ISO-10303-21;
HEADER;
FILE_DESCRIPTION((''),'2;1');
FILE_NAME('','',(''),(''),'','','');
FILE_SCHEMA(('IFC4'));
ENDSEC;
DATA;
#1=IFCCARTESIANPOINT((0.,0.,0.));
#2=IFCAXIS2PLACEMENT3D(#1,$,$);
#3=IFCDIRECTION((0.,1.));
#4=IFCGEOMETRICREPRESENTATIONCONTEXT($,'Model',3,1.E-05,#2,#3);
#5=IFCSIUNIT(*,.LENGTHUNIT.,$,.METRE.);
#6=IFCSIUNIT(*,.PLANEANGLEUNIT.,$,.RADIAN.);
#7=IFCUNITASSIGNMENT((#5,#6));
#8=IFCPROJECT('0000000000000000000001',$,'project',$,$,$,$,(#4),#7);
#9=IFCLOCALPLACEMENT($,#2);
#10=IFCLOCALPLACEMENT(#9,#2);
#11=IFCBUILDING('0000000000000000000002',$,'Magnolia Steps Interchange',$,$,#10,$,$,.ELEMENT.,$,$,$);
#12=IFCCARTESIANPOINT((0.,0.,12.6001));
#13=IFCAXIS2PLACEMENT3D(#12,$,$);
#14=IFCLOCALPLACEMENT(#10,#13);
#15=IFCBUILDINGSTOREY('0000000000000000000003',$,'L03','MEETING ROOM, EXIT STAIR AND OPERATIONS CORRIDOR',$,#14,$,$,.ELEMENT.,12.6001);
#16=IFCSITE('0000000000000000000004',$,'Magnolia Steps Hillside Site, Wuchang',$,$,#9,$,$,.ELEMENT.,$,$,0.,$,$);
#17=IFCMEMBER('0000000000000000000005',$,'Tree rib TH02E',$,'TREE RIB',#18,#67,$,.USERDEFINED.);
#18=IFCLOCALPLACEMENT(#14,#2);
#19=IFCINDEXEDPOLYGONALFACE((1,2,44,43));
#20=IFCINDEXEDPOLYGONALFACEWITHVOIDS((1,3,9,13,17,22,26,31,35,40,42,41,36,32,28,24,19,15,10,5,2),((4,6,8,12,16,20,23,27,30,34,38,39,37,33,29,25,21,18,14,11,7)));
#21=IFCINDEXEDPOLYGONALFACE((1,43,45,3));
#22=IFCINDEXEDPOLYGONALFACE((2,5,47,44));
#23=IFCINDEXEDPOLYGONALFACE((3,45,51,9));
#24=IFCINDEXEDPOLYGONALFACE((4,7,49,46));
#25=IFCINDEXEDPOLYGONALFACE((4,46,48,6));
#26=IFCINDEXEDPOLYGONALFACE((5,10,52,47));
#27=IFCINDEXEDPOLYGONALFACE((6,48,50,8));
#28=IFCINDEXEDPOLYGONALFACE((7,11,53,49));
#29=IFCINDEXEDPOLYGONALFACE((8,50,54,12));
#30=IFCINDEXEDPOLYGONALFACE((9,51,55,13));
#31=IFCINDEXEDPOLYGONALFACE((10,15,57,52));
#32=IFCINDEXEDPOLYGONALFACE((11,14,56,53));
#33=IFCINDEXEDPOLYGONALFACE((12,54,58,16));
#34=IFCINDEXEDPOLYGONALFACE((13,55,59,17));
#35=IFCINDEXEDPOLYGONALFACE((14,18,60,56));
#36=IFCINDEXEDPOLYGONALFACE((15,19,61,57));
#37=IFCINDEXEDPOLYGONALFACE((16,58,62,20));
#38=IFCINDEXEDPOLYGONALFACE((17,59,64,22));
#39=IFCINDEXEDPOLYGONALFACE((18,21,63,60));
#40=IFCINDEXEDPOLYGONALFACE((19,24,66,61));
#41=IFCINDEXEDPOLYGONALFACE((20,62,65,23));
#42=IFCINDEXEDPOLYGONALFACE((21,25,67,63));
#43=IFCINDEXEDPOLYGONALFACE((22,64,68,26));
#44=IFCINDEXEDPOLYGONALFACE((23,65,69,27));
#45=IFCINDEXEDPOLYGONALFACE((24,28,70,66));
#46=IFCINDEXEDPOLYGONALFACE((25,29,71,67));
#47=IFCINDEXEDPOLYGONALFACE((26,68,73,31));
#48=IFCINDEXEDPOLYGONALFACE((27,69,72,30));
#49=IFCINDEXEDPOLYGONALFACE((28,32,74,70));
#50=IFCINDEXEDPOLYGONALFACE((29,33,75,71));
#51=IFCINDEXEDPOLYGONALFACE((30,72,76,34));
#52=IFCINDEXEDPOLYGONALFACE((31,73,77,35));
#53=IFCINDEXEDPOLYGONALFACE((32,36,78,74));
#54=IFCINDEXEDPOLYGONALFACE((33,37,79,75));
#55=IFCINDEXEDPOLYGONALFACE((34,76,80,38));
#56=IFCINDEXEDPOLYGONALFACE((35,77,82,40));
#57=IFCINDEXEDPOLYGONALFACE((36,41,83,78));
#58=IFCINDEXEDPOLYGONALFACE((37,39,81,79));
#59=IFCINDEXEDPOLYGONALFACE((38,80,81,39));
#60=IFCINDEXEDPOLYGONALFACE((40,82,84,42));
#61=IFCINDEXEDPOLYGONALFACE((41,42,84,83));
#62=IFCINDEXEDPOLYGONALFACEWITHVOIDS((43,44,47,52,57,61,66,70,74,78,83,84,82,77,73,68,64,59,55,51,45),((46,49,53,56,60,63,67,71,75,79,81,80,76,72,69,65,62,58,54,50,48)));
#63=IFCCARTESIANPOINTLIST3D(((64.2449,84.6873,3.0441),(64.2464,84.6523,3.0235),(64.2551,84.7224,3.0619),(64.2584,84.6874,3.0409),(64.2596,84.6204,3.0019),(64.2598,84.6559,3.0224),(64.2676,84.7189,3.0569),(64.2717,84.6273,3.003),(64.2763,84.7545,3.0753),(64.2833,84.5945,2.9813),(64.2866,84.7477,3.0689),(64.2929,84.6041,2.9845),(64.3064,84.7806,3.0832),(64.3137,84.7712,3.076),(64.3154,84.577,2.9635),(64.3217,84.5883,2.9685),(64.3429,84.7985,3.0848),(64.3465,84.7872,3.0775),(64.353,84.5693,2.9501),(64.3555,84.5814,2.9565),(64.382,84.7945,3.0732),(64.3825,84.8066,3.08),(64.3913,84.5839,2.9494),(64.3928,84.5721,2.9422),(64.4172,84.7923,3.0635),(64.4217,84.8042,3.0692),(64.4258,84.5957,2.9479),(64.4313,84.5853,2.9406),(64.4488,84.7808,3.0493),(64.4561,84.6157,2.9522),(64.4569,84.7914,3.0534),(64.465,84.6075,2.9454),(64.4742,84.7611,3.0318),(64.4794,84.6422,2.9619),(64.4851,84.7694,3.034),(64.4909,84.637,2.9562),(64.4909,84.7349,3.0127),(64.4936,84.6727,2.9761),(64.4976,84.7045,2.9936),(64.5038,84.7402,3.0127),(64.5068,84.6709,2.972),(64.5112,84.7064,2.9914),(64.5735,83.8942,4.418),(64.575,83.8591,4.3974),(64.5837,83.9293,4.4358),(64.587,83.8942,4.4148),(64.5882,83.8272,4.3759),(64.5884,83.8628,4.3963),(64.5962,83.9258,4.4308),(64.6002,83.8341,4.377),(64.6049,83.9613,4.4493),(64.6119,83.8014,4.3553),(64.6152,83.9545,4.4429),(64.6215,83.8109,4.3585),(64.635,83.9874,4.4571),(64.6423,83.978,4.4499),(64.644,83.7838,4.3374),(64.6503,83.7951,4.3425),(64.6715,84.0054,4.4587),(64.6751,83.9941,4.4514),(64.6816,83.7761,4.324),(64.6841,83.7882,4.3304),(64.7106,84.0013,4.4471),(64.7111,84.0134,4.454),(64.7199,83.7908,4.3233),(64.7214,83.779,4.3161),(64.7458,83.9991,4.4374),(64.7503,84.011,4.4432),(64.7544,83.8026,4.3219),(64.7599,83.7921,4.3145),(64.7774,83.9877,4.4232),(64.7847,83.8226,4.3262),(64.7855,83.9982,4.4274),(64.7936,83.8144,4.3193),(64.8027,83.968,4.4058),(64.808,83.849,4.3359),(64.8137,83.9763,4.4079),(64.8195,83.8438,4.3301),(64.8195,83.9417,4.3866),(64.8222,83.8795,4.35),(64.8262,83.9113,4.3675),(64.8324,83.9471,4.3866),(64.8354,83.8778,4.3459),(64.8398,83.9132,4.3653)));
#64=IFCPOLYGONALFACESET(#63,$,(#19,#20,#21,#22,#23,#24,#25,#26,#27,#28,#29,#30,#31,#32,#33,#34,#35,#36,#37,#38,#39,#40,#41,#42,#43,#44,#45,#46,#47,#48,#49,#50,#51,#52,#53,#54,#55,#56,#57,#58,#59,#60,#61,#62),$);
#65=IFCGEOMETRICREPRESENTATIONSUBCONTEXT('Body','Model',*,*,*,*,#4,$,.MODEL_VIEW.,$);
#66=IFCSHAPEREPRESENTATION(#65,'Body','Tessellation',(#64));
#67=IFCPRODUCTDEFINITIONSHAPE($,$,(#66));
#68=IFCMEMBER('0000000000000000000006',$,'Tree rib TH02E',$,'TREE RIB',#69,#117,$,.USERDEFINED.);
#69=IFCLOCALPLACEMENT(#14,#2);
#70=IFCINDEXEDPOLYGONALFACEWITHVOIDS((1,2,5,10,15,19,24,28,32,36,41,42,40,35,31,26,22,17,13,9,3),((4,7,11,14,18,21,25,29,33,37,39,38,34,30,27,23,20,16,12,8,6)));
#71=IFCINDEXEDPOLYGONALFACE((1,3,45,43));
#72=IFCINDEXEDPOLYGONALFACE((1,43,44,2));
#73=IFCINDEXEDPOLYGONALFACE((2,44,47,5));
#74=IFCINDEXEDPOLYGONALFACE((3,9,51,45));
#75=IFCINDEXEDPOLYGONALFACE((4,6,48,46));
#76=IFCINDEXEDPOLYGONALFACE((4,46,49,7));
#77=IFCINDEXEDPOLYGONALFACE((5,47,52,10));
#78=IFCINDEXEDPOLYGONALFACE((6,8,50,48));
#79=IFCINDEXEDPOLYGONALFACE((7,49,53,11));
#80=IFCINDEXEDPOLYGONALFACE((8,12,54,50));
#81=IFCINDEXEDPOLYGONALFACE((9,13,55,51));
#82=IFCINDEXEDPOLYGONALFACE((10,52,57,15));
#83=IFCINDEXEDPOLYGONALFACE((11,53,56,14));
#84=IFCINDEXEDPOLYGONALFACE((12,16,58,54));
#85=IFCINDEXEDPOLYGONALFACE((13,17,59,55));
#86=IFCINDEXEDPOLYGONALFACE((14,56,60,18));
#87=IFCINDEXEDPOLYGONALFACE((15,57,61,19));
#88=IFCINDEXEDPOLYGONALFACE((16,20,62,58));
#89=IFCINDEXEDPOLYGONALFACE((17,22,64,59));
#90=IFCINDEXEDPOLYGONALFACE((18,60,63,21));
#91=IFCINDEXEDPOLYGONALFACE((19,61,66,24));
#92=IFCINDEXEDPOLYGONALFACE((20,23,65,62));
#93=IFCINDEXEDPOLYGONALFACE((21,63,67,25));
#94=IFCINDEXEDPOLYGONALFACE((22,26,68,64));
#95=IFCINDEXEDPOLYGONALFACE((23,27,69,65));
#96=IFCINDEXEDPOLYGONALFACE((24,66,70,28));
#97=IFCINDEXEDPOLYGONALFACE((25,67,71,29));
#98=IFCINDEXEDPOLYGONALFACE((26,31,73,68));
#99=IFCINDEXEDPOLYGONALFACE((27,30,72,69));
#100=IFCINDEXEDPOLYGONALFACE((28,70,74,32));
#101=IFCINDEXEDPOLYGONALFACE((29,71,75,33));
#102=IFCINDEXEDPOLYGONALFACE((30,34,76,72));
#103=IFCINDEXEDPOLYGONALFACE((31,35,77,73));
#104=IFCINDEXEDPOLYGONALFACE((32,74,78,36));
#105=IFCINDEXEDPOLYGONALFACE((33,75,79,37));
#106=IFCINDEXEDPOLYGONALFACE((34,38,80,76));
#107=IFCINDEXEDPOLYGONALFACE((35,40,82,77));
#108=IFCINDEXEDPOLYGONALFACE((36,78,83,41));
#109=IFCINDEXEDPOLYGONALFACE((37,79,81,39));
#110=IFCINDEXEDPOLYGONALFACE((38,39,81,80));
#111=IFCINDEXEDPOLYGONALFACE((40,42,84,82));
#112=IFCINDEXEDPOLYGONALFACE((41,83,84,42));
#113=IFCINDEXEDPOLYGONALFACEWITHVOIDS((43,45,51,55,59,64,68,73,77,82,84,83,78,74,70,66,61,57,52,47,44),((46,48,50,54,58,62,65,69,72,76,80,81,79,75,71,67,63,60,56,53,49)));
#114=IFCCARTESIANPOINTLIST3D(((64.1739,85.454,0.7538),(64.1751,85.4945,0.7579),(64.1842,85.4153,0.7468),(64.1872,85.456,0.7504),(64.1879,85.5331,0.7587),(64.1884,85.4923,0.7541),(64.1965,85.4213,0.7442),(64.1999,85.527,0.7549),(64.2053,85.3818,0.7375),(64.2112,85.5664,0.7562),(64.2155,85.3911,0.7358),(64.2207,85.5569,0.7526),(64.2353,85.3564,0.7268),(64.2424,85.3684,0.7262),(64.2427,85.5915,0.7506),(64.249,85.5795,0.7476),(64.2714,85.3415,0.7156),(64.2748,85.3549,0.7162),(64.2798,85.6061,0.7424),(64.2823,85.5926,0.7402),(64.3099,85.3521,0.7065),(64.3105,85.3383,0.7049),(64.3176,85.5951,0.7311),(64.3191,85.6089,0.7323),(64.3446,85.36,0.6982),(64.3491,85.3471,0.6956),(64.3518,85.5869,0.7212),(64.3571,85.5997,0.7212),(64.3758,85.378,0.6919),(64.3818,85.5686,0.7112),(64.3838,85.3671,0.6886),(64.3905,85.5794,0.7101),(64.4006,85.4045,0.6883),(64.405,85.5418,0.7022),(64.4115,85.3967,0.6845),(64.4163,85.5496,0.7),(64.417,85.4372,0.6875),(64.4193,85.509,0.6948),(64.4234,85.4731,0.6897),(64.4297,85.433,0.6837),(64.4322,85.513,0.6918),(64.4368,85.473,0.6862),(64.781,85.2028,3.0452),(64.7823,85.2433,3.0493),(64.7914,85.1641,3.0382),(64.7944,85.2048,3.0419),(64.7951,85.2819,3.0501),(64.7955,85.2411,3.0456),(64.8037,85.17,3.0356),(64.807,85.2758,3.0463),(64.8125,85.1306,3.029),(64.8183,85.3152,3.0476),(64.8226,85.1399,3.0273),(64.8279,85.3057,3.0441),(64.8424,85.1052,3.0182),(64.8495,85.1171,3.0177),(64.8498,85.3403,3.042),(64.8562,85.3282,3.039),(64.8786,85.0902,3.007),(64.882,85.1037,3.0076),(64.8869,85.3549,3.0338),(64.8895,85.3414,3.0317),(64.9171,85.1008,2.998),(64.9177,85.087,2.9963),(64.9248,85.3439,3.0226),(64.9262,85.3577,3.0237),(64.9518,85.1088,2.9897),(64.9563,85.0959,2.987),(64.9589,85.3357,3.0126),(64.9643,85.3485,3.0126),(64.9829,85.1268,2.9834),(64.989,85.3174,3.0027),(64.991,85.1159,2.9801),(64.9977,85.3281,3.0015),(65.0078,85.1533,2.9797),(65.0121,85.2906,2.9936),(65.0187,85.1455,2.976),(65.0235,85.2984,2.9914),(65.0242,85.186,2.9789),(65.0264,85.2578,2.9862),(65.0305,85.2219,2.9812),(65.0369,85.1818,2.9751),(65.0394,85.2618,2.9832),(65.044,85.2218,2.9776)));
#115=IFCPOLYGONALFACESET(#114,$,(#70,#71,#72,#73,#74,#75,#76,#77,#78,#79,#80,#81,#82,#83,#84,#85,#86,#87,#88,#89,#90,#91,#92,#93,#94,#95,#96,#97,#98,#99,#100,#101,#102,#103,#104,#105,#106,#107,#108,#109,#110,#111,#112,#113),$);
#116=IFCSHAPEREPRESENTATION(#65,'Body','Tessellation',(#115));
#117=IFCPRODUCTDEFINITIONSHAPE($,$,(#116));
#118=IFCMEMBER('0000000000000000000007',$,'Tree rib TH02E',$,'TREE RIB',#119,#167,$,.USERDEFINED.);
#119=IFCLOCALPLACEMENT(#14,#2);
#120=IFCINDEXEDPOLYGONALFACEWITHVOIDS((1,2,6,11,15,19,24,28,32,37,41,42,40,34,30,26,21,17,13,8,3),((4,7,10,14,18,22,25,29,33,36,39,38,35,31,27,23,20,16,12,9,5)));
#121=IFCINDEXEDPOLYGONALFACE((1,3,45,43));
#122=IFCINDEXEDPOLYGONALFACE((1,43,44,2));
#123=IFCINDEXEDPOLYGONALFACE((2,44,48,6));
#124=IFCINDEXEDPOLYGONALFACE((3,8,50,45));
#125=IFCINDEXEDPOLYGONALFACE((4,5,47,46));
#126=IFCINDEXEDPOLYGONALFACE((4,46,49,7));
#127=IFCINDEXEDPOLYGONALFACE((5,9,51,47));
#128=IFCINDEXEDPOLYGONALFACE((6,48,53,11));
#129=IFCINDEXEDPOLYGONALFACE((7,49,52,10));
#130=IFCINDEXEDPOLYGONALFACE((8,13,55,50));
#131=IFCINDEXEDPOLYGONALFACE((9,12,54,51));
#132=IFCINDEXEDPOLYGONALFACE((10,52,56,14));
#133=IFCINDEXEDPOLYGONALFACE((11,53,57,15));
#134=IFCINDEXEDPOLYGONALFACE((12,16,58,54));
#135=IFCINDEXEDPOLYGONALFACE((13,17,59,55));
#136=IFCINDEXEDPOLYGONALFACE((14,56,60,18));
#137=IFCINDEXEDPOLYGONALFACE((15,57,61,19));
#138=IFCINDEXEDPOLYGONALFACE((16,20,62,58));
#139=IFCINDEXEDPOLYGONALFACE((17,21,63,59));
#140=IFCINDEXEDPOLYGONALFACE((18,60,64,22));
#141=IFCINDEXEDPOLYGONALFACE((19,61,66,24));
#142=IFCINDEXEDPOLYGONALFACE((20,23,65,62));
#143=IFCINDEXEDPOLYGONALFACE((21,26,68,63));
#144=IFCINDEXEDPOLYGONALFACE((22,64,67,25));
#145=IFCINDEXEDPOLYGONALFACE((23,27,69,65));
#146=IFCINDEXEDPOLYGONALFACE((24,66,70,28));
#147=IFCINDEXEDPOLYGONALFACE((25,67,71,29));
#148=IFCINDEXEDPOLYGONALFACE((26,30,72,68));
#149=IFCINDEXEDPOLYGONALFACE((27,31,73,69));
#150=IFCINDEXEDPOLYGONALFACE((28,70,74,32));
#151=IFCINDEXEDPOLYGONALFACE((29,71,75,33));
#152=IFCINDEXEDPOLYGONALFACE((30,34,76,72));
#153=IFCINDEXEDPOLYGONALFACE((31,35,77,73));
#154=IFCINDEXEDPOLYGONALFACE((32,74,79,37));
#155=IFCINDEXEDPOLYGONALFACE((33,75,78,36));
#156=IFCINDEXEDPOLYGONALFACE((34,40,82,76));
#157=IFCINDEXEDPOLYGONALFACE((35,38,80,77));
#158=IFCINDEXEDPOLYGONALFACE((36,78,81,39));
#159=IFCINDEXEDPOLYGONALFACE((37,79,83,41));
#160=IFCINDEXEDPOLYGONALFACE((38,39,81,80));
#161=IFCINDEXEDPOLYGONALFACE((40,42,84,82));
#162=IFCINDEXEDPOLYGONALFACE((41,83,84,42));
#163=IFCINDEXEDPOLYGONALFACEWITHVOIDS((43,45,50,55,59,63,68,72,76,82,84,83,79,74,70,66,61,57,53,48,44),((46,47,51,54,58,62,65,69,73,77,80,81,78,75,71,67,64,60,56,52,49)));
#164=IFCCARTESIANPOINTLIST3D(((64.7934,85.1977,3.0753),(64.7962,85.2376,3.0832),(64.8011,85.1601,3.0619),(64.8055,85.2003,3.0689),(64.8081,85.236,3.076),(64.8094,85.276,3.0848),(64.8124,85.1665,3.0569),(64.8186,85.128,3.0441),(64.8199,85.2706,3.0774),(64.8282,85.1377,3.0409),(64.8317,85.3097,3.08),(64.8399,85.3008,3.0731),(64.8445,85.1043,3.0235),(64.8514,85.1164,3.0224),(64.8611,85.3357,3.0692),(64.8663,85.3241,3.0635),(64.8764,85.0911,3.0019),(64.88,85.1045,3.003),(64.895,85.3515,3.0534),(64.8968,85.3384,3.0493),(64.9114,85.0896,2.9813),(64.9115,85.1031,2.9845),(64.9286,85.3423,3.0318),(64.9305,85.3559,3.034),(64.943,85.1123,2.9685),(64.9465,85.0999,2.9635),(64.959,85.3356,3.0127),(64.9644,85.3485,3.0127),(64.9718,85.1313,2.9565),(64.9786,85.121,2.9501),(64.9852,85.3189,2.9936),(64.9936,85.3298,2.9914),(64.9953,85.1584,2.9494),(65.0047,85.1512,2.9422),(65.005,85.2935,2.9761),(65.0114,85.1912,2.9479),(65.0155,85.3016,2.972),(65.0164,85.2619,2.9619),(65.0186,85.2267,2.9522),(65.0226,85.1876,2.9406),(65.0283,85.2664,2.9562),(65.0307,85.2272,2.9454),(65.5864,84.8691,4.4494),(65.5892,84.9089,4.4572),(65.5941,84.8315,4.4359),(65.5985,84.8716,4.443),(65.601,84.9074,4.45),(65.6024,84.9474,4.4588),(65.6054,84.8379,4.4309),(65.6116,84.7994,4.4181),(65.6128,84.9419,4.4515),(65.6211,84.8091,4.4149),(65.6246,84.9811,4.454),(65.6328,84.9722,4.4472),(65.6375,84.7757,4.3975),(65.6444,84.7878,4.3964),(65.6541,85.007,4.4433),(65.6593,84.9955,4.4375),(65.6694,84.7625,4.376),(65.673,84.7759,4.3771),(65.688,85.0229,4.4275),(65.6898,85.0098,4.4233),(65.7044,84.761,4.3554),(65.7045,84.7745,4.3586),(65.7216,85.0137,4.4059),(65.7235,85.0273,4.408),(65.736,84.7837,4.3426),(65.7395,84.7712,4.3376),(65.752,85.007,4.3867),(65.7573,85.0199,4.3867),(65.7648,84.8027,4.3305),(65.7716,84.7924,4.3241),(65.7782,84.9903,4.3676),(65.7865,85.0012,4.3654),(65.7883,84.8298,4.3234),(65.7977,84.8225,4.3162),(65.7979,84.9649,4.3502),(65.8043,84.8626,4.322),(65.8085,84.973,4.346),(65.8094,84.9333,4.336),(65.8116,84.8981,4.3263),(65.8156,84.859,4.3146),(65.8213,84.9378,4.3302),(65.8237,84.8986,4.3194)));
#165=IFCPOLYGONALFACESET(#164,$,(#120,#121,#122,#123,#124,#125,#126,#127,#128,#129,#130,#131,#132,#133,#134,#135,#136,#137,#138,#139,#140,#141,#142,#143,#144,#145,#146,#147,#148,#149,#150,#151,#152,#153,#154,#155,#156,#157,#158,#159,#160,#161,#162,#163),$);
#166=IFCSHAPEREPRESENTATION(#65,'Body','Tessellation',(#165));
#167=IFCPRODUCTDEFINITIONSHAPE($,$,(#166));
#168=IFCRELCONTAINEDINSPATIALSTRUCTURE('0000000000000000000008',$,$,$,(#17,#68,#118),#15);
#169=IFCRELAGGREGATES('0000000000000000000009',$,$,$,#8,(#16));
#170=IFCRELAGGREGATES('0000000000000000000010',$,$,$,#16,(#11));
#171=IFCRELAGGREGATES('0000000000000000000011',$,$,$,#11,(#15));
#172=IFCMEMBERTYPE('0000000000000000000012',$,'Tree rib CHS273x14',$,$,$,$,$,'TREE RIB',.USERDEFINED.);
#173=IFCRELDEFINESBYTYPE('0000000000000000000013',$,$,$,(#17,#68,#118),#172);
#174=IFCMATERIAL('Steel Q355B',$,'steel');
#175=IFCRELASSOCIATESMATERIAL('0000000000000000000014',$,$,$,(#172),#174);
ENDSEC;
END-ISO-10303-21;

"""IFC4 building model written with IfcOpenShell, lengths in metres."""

from ifc_helpers import new_model, si_unit, direction, frame, origin, origin_2d, place, context, subcontext, project, spatial, hollow_circle, extrude, material, material_profile, profile_set, type_object, element, save


model = new_model("IFC4")

# Units and contexts
model_context = context("Model", 3, precision=1e-05, world=origin(), true_north=direction((0.0, 1.0)))
body_context = subcontext(model_context, "Body", "Model", "MODEL_VIEW")
ifc_project = project(units=[si_unit("LENGTHUNIT", "METRE"), si_unit("PLANEANGLEUNIT", "RADIAN")], contexts=[model_context])

# Site, building, storey
site_placement = place(None, origin())
site = spatial("IfcSite", under=ifc_project, at=site_placement, Name="Magnolia Steps Hillside Site, Wuchang", CompositionType="ELEMENT", RefElevation=0.0)
building_placement = place(site_placement, origin())
building = spatial("IfcBuilding", under=site, at=building_placement, Name="Magnolia Steps Interchange", CompositionType="ELEMENT")
storey_placement = place(building_placement, frame((0.0, 0.0, 12.6001)))
storey = spatial("IfcBuildingStorey", under=building, at=storey_placement, Name="L03", Description="MEETING ROOM, EXIT STAIR AND OPERATIONS CORRIDOR", CompositionType="ELEMENT", Elevation=12.6001)

# Members
ifc_material_1 = material(Name="Steel Q355B", Category="steel")
ifc_material_profile_1 = material_profile(ifc_material_1, hollow_circle(Radius=0.1365, WallThickness=0.0139, at=origin_2d()), Name="CHS273x14")
ifc_profile_set_1 = profile_set([ifc_material_profile_1], Name="Steel Q355B")
member_type_1 = type_object("IfcMemberType", Name="Tree rib CHS273x14", ElementType="TREE RIB", PredefinedType="USERDEFINED", material=ifc_profile_set_1)
member_1_placement = place(storey_placement, frame((64.3777, 84.688, 3.0127), z_axis=(0.20282, -0.489571, 0.848047), x_axis=(0.923857, 0.382737, 0.0)))
element("IfcMember", 1, at=member_1_placement, inside=storey, type_object=member_type_1, Name="Tree rib TH02E", ObjectType="TREE RIB", PredefinedType="USERDEFINED", context=body_context, shape_type="SweptSolid", body=[
    extrude(hollow_circle(Radius=0.1365, WallThickness=0.0139, at=origin_2d()), origin(), (0.0, 0.0, 1.0), 1.6201),
])
member_2_placement = place(storey_placement, frame((64.3049, 85.4736, 0.7212), z_axis=(0.254704, -0.105384, 0.96126), x_axis=(0.382319, 0.92403, 0.0)))
element("IfcMember", 2, at=member_2_placement, inside=storey, type_object=member_type_1, Name="Tree rib TH02E", ObjectType="TREE RIB", PredefinedType="USERDEFINED", context=body_context, shape_type="SweptSolid", body=[
    extrude(hollow_circle(Radius=0.1365, WallThickness=0.0139, at=origin_2d()), origin(), (0.0, 0.0, 1.0), 2.3838),
])
member_3_placement = place(storey_placement, frame((64.9121, 85.2224, 3.0127), z_axis=(0.489456, -0.202835, 0.84811), x_axis=(0.382837, 0.923816, 0.0)))
element("IfcMember", 3, at=member_3_placement, inside=storey, type_object=member_type_1, Name="Tree rib TH02E", ObjectType="TREE RIB", PredefinedType="USERDEFINED", context=body_context, shape_type="SweptSolid", body=[
    extrude(hollow_circle(Radius=0.1365, WallThickness=0.0139, at=origin_2d()), origin(), (0.0, 0.0, 1.0), 1.6201),
])

save(model, "model.ifc")
